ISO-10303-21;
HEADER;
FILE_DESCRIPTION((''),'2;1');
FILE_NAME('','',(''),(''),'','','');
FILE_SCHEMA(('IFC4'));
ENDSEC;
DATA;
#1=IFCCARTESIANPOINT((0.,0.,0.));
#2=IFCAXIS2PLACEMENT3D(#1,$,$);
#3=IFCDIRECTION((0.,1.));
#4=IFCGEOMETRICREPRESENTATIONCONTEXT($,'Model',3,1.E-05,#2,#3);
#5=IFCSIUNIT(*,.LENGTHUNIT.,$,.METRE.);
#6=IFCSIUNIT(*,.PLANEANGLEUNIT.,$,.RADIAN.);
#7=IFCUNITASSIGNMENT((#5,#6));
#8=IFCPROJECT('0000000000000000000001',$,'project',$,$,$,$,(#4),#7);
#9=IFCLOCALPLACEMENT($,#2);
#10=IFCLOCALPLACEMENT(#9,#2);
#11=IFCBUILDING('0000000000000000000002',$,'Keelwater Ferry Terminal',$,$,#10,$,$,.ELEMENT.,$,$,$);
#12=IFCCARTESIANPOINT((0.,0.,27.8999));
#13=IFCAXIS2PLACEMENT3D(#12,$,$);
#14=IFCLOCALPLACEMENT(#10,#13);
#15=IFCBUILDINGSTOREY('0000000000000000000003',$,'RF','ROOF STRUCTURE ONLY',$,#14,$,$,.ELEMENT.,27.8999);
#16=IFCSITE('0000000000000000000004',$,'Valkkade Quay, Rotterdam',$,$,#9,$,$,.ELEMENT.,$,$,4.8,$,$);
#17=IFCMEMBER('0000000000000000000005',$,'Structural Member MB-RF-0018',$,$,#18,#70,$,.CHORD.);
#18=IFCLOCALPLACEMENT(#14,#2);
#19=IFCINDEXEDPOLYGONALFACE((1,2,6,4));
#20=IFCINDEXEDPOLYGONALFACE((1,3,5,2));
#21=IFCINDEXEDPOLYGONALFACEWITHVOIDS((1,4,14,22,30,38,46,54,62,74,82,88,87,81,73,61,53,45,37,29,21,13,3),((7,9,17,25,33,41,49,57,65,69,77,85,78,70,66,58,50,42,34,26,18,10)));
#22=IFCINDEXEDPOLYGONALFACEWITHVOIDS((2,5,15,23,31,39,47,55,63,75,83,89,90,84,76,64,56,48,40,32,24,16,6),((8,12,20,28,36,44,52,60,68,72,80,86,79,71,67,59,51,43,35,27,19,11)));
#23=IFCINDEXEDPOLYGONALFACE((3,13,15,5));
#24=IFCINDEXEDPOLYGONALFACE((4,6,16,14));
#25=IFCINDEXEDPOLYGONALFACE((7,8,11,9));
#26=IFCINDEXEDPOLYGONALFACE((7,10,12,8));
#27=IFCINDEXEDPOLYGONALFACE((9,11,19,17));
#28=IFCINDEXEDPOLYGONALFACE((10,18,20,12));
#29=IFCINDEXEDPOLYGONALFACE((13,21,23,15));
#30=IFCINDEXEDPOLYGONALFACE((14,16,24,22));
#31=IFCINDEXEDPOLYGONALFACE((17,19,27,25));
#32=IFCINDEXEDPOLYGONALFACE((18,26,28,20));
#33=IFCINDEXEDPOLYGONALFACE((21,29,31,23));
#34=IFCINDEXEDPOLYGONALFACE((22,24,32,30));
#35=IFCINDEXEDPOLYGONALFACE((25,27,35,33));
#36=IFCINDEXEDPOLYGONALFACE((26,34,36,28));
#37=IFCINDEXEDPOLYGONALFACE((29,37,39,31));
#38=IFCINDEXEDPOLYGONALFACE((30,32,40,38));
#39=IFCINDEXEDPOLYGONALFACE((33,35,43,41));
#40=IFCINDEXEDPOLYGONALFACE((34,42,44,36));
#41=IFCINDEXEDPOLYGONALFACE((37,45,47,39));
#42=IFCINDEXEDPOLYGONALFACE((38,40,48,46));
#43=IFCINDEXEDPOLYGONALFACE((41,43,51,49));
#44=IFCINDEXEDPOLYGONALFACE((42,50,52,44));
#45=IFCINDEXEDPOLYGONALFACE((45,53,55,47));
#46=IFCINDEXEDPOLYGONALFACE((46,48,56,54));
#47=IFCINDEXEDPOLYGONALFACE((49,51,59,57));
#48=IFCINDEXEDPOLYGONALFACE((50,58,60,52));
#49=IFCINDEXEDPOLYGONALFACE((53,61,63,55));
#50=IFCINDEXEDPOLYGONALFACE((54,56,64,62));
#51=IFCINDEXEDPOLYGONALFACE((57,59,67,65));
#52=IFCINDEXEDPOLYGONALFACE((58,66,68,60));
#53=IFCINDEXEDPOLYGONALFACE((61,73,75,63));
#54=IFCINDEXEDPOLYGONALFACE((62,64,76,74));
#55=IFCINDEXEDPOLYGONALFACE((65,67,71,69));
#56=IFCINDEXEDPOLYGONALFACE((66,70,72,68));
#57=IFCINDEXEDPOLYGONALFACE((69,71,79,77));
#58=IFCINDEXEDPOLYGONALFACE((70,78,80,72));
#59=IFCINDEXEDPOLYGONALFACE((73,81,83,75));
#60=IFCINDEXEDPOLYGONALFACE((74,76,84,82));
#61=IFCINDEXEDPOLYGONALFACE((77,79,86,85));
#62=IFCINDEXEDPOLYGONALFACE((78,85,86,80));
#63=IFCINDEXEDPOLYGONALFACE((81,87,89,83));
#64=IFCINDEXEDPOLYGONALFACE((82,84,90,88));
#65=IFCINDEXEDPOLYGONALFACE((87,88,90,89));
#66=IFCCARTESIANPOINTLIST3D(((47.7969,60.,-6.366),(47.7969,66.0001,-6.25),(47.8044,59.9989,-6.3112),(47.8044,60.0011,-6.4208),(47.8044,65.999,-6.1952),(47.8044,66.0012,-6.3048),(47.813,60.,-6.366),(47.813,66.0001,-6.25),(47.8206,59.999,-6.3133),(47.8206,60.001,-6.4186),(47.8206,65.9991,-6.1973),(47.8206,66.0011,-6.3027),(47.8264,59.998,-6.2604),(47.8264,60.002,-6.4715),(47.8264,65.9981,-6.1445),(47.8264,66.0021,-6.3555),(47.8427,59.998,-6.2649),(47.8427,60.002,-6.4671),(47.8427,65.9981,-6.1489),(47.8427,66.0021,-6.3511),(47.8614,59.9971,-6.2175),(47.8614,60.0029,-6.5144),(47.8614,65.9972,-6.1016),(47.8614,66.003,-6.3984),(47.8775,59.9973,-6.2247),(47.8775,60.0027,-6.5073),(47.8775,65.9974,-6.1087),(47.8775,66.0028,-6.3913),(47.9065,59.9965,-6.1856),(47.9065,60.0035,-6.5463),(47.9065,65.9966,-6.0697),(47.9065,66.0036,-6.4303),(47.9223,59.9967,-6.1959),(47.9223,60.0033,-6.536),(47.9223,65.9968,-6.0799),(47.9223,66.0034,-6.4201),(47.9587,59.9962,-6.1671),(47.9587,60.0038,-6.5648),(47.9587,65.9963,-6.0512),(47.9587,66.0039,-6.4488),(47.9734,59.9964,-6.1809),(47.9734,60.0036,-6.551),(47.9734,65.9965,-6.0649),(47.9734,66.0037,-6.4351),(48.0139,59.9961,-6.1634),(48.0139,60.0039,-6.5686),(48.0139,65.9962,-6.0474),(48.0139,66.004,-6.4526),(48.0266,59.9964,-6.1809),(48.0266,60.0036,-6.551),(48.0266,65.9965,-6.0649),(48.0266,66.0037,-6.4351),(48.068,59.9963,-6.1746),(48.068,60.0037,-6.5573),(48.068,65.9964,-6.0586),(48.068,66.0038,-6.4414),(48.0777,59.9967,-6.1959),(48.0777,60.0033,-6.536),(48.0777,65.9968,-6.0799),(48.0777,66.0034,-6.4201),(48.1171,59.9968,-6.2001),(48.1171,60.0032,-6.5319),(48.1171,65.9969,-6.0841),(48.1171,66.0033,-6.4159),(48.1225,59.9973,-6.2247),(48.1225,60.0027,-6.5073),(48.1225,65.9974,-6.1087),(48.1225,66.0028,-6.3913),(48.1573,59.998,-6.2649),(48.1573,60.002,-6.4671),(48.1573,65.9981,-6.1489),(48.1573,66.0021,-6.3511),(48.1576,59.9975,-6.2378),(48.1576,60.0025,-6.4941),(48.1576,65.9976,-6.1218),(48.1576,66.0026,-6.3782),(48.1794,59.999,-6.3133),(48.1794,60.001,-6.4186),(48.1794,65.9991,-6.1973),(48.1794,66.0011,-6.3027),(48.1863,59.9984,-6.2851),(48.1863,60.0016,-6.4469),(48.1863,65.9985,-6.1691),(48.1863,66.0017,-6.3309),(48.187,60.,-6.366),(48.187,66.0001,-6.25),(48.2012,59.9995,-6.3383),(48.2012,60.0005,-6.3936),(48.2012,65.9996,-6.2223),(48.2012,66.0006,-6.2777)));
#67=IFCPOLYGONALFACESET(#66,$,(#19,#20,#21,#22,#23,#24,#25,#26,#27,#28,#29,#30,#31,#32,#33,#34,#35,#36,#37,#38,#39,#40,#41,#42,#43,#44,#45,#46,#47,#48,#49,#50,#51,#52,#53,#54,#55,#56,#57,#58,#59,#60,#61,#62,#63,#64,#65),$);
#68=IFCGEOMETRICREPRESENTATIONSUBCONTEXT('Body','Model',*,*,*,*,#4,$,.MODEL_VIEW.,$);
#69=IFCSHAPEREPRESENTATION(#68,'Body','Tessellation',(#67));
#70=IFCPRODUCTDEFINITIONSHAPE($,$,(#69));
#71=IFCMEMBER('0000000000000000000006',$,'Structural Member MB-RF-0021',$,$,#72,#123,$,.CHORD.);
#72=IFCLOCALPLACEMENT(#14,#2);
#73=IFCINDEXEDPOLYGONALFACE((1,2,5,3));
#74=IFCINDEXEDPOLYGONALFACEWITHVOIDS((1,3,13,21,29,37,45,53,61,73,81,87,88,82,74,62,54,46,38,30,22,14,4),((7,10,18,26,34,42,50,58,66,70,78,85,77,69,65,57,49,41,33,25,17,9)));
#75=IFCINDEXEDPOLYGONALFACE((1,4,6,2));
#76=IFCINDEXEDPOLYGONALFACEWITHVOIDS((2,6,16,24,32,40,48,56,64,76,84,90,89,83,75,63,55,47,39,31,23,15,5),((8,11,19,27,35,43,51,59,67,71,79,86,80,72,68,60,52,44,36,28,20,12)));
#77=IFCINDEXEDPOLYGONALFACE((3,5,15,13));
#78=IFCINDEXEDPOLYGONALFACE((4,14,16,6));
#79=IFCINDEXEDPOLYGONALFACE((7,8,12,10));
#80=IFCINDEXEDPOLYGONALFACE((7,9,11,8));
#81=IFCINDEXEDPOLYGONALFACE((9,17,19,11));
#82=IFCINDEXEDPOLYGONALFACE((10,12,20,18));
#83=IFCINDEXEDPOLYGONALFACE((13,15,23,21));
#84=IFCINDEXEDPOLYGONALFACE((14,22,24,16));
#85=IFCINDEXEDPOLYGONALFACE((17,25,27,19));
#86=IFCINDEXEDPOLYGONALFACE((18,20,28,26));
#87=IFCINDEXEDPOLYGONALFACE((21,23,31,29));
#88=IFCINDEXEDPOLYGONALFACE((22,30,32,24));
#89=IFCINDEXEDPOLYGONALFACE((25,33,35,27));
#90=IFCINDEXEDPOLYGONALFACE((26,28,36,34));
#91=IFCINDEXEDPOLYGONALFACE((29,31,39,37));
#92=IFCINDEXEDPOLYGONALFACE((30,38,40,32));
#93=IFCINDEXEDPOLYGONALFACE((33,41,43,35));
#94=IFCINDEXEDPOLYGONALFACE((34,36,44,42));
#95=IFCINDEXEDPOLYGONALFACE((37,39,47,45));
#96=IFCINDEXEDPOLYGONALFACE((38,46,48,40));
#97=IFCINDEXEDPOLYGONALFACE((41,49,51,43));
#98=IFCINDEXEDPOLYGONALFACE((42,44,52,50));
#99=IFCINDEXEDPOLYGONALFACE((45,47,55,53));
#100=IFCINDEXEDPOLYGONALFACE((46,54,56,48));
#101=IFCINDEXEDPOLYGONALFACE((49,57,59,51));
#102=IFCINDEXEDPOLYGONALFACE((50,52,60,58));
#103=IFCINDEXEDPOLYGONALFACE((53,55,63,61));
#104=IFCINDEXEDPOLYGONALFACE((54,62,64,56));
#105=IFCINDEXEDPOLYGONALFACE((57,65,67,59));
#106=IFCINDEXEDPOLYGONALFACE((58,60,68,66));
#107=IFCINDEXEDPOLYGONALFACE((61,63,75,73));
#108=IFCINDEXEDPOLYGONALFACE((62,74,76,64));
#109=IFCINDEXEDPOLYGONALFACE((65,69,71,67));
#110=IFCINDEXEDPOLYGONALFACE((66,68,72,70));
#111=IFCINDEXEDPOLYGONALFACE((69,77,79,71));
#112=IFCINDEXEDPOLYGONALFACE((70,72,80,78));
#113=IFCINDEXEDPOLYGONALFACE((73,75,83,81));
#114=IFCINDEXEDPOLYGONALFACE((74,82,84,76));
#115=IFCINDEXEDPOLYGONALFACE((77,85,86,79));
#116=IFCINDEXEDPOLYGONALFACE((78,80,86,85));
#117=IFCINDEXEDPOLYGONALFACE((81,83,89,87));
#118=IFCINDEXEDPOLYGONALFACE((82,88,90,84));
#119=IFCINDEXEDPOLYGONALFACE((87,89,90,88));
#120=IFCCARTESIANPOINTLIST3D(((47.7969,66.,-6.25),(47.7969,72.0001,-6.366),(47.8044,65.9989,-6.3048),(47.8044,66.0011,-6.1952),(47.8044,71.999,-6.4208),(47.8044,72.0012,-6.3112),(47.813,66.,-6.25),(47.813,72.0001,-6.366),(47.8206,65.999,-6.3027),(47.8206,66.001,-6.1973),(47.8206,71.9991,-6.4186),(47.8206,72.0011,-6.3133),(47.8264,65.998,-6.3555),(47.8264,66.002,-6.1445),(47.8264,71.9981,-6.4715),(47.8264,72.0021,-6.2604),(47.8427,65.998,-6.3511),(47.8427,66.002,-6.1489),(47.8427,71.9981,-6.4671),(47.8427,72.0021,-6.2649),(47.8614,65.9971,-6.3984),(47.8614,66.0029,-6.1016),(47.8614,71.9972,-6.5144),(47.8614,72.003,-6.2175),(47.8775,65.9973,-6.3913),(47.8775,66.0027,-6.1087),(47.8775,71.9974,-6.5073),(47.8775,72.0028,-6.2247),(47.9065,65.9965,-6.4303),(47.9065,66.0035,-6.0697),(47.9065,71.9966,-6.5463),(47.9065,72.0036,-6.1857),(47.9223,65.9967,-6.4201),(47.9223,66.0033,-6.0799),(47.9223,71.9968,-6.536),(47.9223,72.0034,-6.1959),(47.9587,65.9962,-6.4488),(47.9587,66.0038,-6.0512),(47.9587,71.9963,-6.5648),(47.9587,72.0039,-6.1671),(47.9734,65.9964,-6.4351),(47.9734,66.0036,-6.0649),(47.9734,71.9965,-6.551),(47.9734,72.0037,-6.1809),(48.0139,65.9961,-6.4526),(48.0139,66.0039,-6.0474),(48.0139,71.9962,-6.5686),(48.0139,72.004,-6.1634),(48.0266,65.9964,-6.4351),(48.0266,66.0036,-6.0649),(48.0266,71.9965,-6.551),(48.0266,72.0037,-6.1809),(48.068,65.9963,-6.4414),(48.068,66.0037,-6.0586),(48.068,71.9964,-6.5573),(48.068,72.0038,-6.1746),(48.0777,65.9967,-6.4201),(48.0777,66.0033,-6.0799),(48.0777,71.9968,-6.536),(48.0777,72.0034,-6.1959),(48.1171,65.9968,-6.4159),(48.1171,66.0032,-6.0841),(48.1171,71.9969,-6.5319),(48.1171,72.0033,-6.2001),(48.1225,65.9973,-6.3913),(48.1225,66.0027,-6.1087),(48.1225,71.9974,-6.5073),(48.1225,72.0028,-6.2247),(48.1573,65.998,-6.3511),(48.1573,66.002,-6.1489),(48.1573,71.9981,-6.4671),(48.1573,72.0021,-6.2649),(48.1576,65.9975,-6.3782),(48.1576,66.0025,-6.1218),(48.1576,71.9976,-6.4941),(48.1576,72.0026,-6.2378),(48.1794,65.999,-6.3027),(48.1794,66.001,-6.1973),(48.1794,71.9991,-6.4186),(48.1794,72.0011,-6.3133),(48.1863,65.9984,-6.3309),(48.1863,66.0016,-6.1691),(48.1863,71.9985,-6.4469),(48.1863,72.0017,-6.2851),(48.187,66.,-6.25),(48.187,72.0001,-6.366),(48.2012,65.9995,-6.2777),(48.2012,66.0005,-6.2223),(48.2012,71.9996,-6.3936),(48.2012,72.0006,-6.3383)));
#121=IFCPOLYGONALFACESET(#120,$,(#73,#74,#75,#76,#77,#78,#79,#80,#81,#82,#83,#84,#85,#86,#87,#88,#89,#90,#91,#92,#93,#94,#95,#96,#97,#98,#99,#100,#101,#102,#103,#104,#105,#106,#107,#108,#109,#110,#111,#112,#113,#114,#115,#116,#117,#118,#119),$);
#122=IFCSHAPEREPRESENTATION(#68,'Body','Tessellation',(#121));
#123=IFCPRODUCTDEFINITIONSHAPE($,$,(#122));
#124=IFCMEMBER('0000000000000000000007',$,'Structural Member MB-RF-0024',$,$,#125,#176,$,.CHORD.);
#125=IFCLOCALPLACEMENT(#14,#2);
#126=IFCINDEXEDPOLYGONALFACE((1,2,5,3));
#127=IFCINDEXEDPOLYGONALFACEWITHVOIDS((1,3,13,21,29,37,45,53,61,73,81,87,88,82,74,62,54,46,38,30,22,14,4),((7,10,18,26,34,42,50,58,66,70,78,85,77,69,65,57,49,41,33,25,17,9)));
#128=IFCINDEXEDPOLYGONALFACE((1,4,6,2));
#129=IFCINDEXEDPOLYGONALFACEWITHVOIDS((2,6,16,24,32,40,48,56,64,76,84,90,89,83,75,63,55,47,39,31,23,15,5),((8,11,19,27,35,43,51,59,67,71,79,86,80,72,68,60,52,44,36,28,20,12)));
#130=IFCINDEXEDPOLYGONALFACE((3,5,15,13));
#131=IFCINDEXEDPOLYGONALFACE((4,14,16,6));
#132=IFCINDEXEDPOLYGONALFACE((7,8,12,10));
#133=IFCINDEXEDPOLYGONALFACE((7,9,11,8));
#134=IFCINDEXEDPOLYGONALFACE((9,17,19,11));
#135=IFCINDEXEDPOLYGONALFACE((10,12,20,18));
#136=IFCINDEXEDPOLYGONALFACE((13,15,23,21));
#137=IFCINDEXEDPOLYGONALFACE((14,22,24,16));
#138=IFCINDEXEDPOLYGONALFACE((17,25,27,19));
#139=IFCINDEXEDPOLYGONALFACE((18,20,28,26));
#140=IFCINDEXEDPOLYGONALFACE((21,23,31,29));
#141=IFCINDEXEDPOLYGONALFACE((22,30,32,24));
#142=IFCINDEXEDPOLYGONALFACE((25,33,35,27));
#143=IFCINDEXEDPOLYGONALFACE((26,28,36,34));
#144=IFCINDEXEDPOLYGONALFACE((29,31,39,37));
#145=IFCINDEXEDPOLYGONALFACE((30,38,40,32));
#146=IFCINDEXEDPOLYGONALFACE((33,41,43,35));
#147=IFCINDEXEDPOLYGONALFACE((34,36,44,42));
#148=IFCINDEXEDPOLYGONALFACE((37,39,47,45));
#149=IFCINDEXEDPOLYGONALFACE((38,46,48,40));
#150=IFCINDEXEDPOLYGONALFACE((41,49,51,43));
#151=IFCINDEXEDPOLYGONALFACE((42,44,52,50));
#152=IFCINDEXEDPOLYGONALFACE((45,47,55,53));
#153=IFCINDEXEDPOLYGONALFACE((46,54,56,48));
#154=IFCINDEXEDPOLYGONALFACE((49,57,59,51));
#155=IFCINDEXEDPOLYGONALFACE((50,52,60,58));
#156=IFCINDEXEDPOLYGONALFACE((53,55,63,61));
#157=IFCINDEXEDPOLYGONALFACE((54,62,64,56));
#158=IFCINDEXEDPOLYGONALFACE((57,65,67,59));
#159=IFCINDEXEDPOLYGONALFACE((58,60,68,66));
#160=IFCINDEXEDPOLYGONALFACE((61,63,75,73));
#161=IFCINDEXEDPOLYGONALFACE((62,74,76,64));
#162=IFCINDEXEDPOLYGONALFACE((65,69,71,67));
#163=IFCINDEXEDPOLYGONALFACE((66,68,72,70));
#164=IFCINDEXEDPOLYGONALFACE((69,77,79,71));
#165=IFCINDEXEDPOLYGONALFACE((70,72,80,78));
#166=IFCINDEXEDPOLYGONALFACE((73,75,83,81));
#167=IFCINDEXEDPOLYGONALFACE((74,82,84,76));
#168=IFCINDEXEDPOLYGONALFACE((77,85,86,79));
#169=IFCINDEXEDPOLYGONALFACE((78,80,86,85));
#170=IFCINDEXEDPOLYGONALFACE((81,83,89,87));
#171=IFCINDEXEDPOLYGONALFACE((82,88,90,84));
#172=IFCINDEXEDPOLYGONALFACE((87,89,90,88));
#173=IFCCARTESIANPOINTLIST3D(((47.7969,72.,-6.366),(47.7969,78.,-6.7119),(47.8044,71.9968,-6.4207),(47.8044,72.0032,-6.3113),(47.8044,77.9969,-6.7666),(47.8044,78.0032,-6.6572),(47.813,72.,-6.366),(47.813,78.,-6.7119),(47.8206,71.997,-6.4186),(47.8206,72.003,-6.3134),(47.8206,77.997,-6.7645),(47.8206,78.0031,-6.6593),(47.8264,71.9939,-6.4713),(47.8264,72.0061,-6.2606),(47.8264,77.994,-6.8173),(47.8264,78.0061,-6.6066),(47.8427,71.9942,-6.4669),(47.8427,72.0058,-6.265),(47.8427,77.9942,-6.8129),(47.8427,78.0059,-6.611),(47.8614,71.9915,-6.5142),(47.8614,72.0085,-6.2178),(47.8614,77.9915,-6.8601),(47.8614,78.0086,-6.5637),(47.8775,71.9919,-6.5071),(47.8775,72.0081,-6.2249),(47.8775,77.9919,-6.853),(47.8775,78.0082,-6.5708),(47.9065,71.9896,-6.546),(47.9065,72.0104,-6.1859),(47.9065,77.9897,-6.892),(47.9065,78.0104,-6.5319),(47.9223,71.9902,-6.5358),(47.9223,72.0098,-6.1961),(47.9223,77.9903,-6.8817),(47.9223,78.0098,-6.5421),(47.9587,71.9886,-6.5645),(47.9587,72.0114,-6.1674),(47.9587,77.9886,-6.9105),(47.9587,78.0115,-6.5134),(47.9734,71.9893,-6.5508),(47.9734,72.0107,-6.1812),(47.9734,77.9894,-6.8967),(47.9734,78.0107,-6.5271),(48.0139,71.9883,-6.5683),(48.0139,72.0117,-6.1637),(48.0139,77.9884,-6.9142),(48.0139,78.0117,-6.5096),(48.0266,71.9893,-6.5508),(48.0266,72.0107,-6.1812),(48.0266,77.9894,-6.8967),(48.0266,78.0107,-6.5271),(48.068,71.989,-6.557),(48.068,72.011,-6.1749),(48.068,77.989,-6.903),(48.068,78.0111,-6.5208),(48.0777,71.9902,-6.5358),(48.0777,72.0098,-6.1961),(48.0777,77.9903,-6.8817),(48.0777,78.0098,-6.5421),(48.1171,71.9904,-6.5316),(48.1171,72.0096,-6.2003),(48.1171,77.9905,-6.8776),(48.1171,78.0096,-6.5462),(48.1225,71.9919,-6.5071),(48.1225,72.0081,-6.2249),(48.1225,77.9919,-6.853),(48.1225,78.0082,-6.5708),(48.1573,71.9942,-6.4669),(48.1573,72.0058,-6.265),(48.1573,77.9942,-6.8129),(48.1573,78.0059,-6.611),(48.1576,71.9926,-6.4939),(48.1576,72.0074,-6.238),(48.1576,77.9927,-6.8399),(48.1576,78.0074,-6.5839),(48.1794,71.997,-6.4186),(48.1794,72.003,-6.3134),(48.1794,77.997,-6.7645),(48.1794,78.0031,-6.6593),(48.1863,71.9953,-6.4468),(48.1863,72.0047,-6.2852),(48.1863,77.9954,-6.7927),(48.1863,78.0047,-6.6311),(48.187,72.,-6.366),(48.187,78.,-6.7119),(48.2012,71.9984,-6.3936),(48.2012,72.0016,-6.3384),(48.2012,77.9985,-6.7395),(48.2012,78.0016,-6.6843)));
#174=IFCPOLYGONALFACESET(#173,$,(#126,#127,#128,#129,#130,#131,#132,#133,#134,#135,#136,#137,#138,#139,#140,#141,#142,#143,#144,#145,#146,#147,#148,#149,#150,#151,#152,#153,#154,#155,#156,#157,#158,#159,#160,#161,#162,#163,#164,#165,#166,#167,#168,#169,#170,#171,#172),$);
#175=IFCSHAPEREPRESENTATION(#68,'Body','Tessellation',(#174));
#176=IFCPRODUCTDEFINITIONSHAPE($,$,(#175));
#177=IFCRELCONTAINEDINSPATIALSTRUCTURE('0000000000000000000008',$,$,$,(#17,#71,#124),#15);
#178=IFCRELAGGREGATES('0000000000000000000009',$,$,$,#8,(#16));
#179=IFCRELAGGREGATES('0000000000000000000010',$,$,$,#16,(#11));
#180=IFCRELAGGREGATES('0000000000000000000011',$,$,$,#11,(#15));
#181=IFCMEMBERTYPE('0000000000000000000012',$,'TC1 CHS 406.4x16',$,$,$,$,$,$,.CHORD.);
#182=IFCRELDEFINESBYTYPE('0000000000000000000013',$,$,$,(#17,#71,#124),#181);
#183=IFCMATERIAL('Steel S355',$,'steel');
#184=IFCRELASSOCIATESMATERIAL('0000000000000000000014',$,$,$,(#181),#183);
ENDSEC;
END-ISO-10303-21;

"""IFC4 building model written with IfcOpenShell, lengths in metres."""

from ifc_helpers import new_model, si_unit, direction, frame, origin, origin_2d, place, context, subcontext, project, spatial, hollow_circle, extrude, material, material_profile, profile_set, type_object, element, save


model = new_model("IFC4")

# Units and contexts
model_context = context("Model", 3, precision=1e-05, world=origin(), true_north=direction((0.0, 1.0)))
body_context = subcontext(model_context, "Body", "Model", "MODEL_VIEW")
ifc_project = project(units=[si_unit("LENGTHUNIT", "METRE"), si_unit("PLANEANGLEUNIT", "RADIAN")], contexts=[model_context])

# Site, building, storey
site_placement = place(None, origin())
site = spatial("IfcSite", under=ifc_project, at=site_placement, Name="Valkkade Quay, Rotterdam", CompositionType="ELEMENT", RefElevation=4.8)
building_placement = place(site_placement, origin())
building = spatial("IfcBuilding", under=site, at=building_placement, Name="Keelwater Ferry Terminal", CompositionType="ELEMENT")
storey_placement = place(building_placement, frame((0.0, 0.0, 27.8999)))
storey = spatial("IfcBuildingStorey", under=building, at=storey_placement, Name="RF", Description="ROOF STRUCTURE ONLY", CompositionType="ELEMENT", Elevation=27.8999)

# Members
ifc_material_1 = material(Name="Steel S355", Category="steel")
ifc_material_profile_1 = material_profile(ifc_material_1, hollow_circle(Radius=0.2031, WallThickness=0.0161, at=origin_2d()), Name="CHS 406.4x16")
ifc_profile_set_1 = profile_set([ifc_material_profile_1], Name="Steel S355")
member_type_1 = type_object("IfcMemberType", Name="TC1 CHS 406.4x16", PredefinedType="CHORD", material=ifc_profile_set_1)
for number, where, z_axis, x_axis, name in (
    (1, (48.0, 60.0, -6.366), (0.0, 0.999813, 0.019324), (-1.0, 0.0, 0.0), "Structural Member MB-RF-0018"),
    (2, (48.0, 66.0, -6.25), (0.0, 0.999813, -0.019324), (-1.0, 0.0, 0.0), "Structural Member MB-RF-0021"),
):
    element("IfcMember", number, at=place(storey_placement, frame(where, z_axis=z_axis, x_axis=x_axis)), inside=storey, type_object=member_type_1, Name=name, PredefinedType="CHORD", context=body_context, shape_type="SweptSolid", body=[
        extrude(hollow_circle(Radius=0.2031, WallThickness=0.0161, at=origin_2d()), origin(), (0.0, 0.0, 1.0), 6.0012),
    ])
member_1_placement = place(storey_placement, frame((48.0, 72.0, -6.366), z_axis=(0.0, 0.998342, -0.057562), x_axis=(-1.0, 0.0, 0.0)))
element("IfcMember", 3, at=member_1_placement, inside=storey, type_object=member_type_1, Name="Structural Member MB-RF-0024", PredefinedType="CHORD", context=body_context, shape_type="SweptSolid", body=[
    extrude(hollow_circle(Radius=0.2031, WallThickness=0.0161, at=origin_2d()), origin(), (0.0, 0.0, 1.0), 6.01),
])

save(model, "model.ifc")
